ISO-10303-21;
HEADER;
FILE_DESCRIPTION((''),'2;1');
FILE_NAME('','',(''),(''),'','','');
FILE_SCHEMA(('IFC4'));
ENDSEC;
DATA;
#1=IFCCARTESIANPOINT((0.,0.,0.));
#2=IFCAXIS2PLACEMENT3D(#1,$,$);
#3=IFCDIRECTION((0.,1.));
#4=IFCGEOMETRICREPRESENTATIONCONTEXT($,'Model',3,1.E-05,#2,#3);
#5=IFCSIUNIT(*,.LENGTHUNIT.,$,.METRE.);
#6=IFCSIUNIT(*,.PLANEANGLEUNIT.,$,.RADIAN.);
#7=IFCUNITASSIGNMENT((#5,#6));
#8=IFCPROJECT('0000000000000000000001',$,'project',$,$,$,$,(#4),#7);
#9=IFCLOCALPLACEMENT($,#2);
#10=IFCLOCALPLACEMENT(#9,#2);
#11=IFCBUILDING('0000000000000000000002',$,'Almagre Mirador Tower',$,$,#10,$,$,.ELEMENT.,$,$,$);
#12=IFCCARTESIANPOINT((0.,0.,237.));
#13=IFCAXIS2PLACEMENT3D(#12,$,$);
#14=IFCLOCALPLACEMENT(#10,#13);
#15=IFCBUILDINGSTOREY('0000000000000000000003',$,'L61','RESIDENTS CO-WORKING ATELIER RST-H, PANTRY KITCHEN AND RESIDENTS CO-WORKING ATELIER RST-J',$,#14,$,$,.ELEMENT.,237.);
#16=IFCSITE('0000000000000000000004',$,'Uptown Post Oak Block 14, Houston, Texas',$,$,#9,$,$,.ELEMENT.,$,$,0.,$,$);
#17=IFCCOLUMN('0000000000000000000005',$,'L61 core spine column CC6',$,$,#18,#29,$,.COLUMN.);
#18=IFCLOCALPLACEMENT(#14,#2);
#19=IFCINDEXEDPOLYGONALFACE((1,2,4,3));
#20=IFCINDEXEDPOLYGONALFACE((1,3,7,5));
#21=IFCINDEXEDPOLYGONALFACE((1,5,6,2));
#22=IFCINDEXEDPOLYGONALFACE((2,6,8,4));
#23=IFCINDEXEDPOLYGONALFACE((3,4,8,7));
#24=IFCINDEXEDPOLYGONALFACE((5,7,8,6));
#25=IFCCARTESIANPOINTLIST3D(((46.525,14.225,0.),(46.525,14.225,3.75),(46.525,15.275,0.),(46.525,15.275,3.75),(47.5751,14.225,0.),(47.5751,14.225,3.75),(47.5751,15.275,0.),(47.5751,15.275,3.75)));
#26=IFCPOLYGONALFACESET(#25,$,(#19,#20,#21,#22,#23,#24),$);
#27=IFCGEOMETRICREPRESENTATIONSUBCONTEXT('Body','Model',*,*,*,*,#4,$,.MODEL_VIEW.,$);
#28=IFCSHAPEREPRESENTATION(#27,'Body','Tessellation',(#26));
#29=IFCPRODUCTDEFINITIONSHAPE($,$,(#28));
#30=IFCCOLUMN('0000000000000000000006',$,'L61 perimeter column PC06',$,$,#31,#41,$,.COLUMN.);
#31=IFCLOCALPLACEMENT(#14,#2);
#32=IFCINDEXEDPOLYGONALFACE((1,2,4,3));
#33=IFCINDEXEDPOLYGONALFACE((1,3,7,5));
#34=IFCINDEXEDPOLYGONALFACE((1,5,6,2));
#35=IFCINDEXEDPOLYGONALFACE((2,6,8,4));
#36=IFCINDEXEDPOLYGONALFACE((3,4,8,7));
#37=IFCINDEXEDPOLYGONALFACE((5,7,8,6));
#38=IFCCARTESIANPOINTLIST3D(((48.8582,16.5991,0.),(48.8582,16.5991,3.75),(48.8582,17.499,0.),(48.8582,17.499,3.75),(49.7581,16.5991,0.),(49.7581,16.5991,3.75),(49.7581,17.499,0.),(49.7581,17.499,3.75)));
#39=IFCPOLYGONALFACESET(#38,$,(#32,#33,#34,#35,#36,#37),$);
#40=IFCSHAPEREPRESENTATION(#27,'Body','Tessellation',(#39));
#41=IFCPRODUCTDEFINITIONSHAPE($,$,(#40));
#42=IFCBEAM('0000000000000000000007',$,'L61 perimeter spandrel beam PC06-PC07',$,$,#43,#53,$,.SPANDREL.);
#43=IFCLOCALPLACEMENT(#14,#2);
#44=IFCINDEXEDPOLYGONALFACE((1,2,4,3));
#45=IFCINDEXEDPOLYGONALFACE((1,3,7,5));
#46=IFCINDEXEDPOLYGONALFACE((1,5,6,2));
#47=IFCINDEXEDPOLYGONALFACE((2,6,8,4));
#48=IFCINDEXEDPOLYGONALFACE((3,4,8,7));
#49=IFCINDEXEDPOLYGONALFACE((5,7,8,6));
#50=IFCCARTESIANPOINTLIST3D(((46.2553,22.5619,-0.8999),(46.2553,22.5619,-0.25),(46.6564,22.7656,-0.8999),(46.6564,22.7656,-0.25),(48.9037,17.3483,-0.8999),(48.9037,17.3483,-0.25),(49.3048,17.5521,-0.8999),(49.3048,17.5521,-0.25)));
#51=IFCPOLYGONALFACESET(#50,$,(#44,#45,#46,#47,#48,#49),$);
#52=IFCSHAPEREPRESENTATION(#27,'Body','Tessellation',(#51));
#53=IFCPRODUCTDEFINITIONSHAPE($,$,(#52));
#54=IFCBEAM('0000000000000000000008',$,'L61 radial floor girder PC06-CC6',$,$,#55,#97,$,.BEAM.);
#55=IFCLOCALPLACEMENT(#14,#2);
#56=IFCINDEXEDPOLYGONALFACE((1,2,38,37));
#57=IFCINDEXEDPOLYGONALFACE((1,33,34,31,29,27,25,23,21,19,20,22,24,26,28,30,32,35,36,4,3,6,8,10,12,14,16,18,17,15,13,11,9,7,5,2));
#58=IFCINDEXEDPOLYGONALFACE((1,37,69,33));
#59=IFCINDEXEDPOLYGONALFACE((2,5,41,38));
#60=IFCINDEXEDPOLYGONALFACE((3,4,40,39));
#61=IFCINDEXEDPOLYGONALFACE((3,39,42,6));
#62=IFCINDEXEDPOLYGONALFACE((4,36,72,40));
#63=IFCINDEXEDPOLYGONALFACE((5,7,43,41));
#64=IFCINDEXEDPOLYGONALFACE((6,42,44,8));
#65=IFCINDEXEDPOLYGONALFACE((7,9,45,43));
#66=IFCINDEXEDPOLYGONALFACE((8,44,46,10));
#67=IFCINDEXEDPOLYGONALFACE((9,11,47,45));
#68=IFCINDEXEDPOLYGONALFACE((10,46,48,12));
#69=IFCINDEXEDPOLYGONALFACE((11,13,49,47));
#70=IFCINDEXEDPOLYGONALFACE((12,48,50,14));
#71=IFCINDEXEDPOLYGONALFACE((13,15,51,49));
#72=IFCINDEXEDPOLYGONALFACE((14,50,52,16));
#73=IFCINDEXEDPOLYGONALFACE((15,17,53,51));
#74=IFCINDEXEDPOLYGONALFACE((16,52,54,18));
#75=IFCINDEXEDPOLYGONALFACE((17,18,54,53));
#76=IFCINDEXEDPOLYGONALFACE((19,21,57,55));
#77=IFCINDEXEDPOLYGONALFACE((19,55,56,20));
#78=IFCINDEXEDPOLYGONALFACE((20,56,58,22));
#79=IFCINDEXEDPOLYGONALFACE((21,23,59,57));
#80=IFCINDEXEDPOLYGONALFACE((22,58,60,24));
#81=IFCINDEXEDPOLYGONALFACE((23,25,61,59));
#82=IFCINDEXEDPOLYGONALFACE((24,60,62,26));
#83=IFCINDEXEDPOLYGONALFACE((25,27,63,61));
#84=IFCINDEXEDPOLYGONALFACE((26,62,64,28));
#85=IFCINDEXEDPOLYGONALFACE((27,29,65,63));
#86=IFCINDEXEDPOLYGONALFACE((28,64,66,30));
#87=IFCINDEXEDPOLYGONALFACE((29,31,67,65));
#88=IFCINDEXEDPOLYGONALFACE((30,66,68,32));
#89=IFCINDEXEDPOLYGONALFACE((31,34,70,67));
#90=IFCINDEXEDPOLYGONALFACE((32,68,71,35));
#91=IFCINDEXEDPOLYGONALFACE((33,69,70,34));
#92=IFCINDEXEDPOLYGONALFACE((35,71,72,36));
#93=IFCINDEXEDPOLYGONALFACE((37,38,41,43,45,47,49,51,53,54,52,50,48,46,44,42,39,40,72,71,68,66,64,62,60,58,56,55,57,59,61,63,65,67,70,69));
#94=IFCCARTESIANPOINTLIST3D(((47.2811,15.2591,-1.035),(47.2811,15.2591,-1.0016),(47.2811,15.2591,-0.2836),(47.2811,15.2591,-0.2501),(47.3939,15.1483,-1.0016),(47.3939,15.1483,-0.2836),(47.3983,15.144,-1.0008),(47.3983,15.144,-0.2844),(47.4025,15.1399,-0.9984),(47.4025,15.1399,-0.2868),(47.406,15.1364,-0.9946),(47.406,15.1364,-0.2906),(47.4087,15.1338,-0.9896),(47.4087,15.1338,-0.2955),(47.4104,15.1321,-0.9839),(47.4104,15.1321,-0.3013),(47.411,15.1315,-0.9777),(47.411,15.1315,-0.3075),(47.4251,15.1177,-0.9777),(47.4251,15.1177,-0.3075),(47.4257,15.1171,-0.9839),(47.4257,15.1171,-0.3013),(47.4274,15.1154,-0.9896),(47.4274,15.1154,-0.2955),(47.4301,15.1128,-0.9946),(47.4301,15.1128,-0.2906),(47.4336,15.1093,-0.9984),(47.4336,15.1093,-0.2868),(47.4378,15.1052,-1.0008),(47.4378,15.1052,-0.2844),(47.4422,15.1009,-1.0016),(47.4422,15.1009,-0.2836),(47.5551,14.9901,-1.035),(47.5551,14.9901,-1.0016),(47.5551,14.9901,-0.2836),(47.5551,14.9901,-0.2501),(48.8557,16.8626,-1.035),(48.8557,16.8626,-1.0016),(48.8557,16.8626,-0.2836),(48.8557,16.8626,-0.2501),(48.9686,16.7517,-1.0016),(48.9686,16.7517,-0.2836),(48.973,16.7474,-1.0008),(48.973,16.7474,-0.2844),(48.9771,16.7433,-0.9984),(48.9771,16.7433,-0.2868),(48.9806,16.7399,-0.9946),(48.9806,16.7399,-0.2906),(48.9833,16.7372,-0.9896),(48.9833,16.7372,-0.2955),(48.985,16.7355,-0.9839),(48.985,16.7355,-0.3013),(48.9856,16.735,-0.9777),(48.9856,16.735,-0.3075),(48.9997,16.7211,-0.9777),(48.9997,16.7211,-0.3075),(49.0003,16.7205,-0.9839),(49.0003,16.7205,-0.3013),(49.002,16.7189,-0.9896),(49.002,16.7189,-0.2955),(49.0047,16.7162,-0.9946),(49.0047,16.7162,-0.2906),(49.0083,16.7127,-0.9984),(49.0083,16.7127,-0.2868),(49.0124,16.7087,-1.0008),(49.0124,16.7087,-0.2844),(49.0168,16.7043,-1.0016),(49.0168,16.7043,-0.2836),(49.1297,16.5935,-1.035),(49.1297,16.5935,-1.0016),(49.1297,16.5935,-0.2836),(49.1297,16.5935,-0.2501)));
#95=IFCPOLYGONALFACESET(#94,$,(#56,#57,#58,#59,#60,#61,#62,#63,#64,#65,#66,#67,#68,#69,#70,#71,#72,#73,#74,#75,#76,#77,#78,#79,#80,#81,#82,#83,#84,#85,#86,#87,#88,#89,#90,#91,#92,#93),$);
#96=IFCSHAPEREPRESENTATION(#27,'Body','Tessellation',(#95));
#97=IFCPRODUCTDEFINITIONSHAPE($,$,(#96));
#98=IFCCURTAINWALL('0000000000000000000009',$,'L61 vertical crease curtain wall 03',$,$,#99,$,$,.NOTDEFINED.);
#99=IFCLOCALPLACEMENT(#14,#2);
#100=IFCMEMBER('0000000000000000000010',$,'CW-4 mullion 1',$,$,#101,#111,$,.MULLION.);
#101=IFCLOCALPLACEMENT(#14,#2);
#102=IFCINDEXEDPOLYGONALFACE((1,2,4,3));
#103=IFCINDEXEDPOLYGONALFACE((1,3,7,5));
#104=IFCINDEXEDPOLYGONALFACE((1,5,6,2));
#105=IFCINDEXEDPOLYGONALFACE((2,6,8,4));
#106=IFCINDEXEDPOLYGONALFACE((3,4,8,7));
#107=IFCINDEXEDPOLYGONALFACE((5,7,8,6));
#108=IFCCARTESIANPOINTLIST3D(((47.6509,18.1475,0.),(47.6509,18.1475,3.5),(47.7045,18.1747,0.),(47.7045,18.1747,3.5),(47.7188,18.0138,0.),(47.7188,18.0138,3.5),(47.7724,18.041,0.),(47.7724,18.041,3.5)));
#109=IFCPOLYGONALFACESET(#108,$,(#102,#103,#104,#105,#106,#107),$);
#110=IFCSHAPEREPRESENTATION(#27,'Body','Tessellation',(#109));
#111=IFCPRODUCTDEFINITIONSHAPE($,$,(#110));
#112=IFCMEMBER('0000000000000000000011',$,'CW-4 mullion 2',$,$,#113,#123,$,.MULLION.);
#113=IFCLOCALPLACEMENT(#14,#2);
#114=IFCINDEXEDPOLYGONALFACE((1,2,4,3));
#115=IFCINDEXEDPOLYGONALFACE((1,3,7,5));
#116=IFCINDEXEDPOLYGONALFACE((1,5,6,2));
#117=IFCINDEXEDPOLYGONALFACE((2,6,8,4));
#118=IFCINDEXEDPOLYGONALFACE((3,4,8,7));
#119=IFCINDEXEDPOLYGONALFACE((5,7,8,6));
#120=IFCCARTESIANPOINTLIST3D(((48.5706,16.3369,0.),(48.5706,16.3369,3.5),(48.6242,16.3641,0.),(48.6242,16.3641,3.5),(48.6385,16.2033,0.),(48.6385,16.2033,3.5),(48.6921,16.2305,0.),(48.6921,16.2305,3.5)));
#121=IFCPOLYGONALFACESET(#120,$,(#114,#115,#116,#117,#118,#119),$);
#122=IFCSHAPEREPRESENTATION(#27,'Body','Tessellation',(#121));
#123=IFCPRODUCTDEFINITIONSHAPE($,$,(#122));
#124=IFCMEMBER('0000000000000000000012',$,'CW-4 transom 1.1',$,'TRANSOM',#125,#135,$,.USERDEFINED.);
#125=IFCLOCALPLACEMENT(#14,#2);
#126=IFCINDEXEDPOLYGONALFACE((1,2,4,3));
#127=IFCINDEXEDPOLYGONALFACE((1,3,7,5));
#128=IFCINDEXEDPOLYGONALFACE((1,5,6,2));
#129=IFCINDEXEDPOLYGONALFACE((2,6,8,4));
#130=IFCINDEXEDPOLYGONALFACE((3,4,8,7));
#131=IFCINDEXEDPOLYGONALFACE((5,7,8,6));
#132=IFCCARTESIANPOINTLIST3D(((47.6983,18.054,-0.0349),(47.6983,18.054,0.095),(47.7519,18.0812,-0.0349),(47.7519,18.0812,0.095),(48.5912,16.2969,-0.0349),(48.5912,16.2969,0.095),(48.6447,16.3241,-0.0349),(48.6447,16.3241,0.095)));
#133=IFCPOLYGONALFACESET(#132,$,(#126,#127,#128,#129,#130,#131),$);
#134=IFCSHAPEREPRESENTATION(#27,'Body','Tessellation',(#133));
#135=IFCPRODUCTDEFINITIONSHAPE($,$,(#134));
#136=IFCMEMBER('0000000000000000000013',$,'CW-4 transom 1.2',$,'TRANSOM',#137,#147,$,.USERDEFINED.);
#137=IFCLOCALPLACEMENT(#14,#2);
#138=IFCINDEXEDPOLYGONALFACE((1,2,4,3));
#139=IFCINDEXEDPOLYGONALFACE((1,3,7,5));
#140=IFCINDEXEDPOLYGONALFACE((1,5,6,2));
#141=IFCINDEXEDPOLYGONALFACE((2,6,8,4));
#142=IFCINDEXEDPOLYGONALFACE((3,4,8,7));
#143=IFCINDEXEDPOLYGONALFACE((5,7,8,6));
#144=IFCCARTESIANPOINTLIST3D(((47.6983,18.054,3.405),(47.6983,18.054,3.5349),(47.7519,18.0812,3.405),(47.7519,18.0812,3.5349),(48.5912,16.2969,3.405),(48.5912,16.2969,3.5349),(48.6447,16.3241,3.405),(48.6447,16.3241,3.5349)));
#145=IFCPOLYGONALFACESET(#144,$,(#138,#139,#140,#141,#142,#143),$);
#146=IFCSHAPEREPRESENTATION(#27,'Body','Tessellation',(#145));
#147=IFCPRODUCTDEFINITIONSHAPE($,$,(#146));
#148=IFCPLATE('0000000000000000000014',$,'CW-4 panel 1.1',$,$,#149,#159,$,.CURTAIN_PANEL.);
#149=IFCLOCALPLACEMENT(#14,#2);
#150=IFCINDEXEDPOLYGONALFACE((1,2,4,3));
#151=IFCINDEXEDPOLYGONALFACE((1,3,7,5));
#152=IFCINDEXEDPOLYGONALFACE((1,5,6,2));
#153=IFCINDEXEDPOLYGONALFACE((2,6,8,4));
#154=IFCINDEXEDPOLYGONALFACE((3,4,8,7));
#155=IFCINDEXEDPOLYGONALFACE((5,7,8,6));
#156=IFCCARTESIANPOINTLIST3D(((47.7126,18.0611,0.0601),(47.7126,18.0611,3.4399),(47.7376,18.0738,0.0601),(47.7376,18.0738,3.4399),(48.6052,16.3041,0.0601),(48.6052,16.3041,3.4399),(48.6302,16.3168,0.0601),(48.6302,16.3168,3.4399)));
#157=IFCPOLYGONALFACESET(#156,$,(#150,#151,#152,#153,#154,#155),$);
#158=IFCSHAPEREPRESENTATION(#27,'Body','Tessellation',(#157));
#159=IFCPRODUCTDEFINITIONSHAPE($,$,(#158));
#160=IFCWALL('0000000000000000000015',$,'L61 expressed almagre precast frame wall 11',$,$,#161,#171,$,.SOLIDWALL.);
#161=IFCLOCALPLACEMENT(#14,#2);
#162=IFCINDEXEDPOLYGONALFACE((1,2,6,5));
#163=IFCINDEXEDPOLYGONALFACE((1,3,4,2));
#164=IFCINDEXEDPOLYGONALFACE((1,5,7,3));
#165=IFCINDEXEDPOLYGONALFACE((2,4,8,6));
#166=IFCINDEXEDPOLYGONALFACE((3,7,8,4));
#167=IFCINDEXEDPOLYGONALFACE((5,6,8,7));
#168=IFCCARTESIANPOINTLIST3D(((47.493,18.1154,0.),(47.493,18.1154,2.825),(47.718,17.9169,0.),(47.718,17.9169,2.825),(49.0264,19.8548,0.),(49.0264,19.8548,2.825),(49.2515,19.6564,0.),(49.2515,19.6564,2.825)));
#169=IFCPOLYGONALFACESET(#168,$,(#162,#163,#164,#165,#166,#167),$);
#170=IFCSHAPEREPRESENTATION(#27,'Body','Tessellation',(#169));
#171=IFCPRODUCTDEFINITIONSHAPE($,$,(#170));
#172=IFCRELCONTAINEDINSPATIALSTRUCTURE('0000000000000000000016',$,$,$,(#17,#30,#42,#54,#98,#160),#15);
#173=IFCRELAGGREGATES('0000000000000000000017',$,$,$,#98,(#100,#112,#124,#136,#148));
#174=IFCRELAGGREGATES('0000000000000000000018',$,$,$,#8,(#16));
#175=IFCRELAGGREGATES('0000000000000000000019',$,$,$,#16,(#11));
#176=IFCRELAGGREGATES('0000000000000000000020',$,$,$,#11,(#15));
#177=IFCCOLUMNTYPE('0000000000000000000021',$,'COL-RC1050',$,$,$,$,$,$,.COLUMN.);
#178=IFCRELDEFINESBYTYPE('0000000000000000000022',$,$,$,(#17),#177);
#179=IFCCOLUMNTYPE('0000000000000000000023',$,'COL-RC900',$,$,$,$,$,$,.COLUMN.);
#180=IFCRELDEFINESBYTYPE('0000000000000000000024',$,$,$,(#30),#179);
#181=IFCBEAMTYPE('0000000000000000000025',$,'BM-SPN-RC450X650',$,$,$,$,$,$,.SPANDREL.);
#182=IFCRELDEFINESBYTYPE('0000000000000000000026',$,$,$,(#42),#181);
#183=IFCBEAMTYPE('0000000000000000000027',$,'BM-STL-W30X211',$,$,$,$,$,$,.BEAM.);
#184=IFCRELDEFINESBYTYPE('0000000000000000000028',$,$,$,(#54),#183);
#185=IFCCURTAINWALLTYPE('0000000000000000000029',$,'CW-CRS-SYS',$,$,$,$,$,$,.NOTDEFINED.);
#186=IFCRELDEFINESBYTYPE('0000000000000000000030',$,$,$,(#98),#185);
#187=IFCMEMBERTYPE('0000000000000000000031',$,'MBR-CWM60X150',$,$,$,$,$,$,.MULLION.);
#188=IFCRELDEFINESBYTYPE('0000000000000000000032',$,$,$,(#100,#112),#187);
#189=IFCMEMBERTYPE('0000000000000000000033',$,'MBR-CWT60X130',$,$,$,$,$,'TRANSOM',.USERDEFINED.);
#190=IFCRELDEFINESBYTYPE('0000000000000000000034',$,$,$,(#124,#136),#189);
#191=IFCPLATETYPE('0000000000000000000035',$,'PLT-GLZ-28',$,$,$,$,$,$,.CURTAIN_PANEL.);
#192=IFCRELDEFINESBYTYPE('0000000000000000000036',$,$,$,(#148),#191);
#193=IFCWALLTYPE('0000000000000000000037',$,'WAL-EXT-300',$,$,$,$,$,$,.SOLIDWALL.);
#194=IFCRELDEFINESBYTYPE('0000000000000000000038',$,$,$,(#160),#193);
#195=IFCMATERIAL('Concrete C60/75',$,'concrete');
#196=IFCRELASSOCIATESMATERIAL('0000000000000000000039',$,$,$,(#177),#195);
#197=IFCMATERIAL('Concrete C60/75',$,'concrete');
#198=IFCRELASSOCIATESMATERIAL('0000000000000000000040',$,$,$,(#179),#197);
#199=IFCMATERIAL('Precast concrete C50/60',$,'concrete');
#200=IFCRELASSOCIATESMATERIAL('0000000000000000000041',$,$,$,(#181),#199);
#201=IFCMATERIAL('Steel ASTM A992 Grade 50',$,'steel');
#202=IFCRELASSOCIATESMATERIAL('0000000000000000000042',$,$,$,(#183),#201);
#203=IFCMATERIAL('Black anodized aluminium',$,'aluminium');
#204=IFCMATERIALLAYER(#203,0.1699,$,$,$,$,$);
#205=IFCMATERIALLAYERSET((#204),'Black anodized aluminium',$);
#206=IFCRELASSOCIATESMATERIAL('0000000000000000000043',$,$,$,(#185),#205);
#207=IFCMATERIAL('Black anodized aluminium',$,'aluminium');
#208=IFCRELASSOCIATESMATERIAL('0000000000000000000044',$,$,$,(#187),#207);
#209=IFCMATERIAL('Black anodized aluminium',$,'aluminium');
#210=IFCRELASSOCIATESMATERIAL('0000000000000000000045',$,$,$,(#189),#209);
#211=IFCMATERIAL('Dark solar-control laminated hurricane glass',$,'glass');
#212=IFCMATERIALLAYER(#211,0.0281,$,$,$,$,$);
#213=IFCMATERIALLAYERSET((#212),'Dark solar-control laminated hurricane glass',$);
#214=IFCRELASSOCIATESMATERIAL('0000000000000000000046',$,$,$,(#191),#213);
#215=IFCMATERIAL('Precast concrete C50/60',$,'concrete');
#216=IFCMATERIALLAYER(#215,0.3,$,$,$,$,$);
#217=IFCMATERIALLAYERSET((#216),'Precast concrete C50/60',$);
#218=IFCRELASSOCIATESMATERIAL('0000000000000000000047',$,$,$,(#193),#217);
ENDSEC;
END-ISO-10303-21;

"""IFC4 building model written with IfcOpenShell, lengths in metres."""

from ifc_helpers import new_model, si_unit, direction, frame, frame_2d, origin, origin_2d, place, context, subcontext, project, spatial, rectangle, i_section, extrude, material, layer, layer_set, material_profile, profile_set, type_object, element, aggregate, save


model = new_model("IFC4")

# Units and contexts
model_context = context("Model", 3, precision=1e-05, world=origin(), true_north=direction((0.0, 1.0)))
body_context = subcontext(model_context, "Body", "Model", "MODEL_VIEW")
ifc_project = project(units=[si_unit("LENGTHUNIT", "METRE"), si_unit("PLANEANGLEUNIT", "RADIAN")], contexts=[model_context])

# Site, building, storey
site_placement = place(None, origin())
site = spatial("IfcSite", under=ifc_project, at=site_placement, Name="Uptown Post Oak Block 14, Houston, Texas", CompositionType="ELEMENT", RefElevation=0.0)
building_placement = place(site_placement, origin())
building = spatial("IfcBuilding", under=site, at=building_placement, Name="Almagre Mirador Tower", CompositionType="ELEMENT")
storey_placement = place(building_placement, frame((0.0, 0.0, 237.0)))
storey = spatial("IfcBuildingStorey", under=building, at=storey_placement, Name="L61", Description="RESIDENTS CO-WORKING ATELIER RST-H, PANTRY KITCHEN AND RESIDENTS CO-WORKING ATELIER RST-J", CompositionType="ELEMENT", Elevation=237.0)

# Columns
ifc_material_1 = material(Name="Concrete C60/75", Category="concrete")
ifc_material_profile_1 = material_profile(ifc_material_1, rectangle(XDim=1.05, YDim=1.05, at=origin_2d()), Name="RC1050X1050")
ifc_profile_set_1 = profile_set([ifc_material_profile_1], Name="Concrete C60/75")
column_type_1 = type_object("IfcColumnType", Name="COL-RC1050", PredefinedType="COLUMN", material=ifc_profile_set_1)
column_1_placement = place(storey_placement, frame((47.05, 14.75, 0.0), z_axis=(0.0, 0.0, 1.0), x_axis=(1.0, 0.0, 0.0)))
element("IfcColumn", 1, at=column_1_placement, inside=storey, type_object=column_type_1, Name="L61 core spine column CC6", PredefinedType="COLUMN", context=body_context, shape_type="SweptSolid", body=[
    extrude(rectangle(XDim=1.05, YDim=1.05, at=origin_2d()), origin(), (0.0, 0.0, 1.0), 3.75),
])
ifc_material_2 = material(Name="Concrete C60/75", Category="concrete")
ifc_material_profile_2 = material_profile(ifc_material_2, rectangle(XDim=0.8999, YDim=0.8999, at=origin_2d()), Name="RC900X900")
ifc_profile_set_2 = profile_set([ifc_material_profile_2], Name="Concrete C60/75")
column_type_2 = type_object("IfcColumnType", Name="COL-RC900", PredefinedType="COLUMN", material=ifc_profile_set_2)
column_2_placement = place(storey_placement, frame((49.3081, 17.0491, 0.0), z_axis=(0.0, 0.0, 1.0), x_axis=(1.0, 0.0, 0.0)))
element("IfcColumn", 2, at=column_2_placement, inside=storey, type_object=column_type_2, Name="L61 perimeter column PC06", PredefinedType="COLUMN", context=body_context, shape_type="SweptSolid", body=[
    extrude(rectangle(XDim=0.8999, YDim=0.8999, at=origin_2d()), origin(), (0.0, 0.0, 1.0), 3.75),
])

# Beams
ifc_material_3 = material(Name="Precast concrete C50/60", Category="concrete")
ifc_material_profile_3 = material_profile(ifc_material_3, rectangle(XDim=0.45, YDim=0.6499, at=origin_2d()), Name="RC450X650")
ifc_profile_set_3 = profile_set([ifc_material_profile_3], Name="Precast concrete C50/60")
beam_type_1 = type_object("IfcBeamType", Name="BM-SPN-RC450X650", PredefinedType="SPANDREL", material=ifc_profile_set_3)
beam_1_placement = place(storey_placement, frame((49.1042, 17.4502, -0.575), z_axis=(-0.452899, 0.891562, 0.0), x_axis=(-0.891562, -0.452899, 0.0)))
element("IfcBeam", 3, at=beam_1_placement, inside=storey, type_object=beam_type_1, Name="L61 perimeter spandrel beam PC06-PC07", PredefinedType="SPANDREL", context=body_context, shape_type="SweptSolid", body=[
    extrude(rectangle(XDim=0.45, YDim=0.6499, at=origin_2d()), origin(), (0.0, 0.0, 1.0), 5.8477),
])
ifc_material_4 = material(Name="Steel ASTM A992 Grade 50", Category="steel")
ifc_material_profile_4 = material_profile(ifc_material_4, i_section(OverallWidth=0.384, OverallDepth=0.7849, WebThickness=0.0198, FlangeThickness=0.0334, FilletRadius=0.0239, at=origin_2d()), Name="W30X211")
ifc_profile_set_4 = profile_set([ifc_material_profile_4], Name="Steel ASTM A992 Grade 50")
beam_type_2 = type_object("IfcBeamType", Name="BM-STL-W30X211", PredefinedType="BEAM", material=ifc_profile_set_4)
beam_2_placement = place(storey_placement, frame((48.9927, 16.728, -0.6426), z_axis=(-0.700669, -0.713487, 0.0), x_axis=(0.713487, -0.700669, 0.0)))
element("IfcBeam", 4, at=beam_2_placement, inside=storey, type_object=beam_type_2, Name="L61 radial floor girder PC06-CC6", PredefinedType="BEAM", context=body_context, shape_type="SweptSolid", body=[
    extrude(i_section(OverallWidth=0.384, OverallDepth=0.7849, WebThickness=0.0198, FlangeThickness=0.0334, FilletRadius=0.0239, at=origin_2d()), origin(), (0.0, 0.0, 1.0), 2.2473),
])

# Curtain wall, members, plate
ifc_material_5 = material(Name="Black anodized aluminium", Category="aluminium")
ifc_layer_1 = layer(ifc_material_5, 0.1699)
ifc_layer_set_1 = layer_set([ifc_layer_1], Name="Black anodized aluminium")
curtain_wall_type = type_object("IfcCurtainWallType", Name="CW-CRS-SYS", PredefinedType="NOTDEFINED", material=ifc_layer_set_1)
curtain_wall_placement = place(storey_placement, origin())
curtain_wall = element("IfcCurtainWall", 5, at=curtain_wall_placement, inside=storey, type_object=curtain_wall_type, Name="L61 vertical crease curtain wall 03", PredefinedType="NOTDEFINED")
ifc_material_6 = material(Name="Black anodized aluminium", Category="aluminium")
ifc_material_profile_5 = material_profile(ifc_material_6, rectangle(XDim=0.0601, YDim=0.1499, at=origin_2d()), Name="CWM60X150")
ifc_profile_set_5 = profile_set([ifc_material_profile_5], Name="Black anodized aluminium")
member_type_1 = type_object("IfcMemberType", Name="MBR-CWM60X150", PredefinedType="MULLION", material=ifc_profile_set_5)
member_1_placement = place(storey_placement, frame((47.7117, 18.0942, 0.0), z_axis=(0.0, 0.0, 1.0), x_axis=(0.891539, 0.452944, 0.0)))
member_1 = element("IfcMember", 6, at=member_1_placement, type_object=member_type_1, Name="CW-4 mullion 1", PredefinedType="MULLION", context=body_context, shape_type="SweptSolid", body=[
    extrude(rectangle(XDim=0.0601, YDim=0.1499, at=origin_2d()), origin(), (0.0, 0.0, 1.0), 3.5),
])
member_2_placement = place(storey_placement, frame((48.6313, 16.2837, 0.0), z_axis=(0.0, 0.0, 1.0), x_axis=(0.891539, 0.452944, 0.0)))
member_2 = element("IfcMember", 7, at=member_2_placement, type_object=member_type_1, Name="CW-4 mullion 2", PredefinedType="MULLION", context=body_context, shape_type="SweptSolid", body=[
    extrude(rectangle(XDim=0.0601, YDim=0.1499, at=origin_2d()), origin(), (0.0, 0.0, 1.0), 3.5),
])
ifc_material_7 = material(Name="Black anodized aluminium", Category="aluminium")
ifc_material_profile_6 = material_profile(ifc_material_7, rectangle(XDim=0.0601, YDim=0.1299, at=origin_2d()), Name="CWT60X130")
ifc_profile_set_6 = profile_set([ifc_material_profile_6], Name="Black anodized aluminium")
member_type_2 = type_object("IfcMemberType", Name="MBR-CWT60X130", ElementType="TRANSOM", PredefinedType="USERDEFINED", material=ifc_profile_set_6)
member_3_placement = place(storey_placement, frame((47.7251, 18.0676, 0.03), z_axis=(0.453001, -0.89151, 0.0), x_axis=(0.89151, 0.453001, 0.0)))
member_3 = element("IfcMember", 8, at=member_3_placement, type_object=member_type_2, Name="CW-4 transom 1.1", ObjectType="TRANSOM", PredefinedType="USERDEFINED", context=body_context, shape_type="SweptSolid", body=[
    extrude(rectangle(XDim=0.0601, YDim=0.1299, at=origin_2d()), origin(), (0.0, 0.0, 1.0), 1.9709),
])
member_4_placement = place(storey_placement, frame((47.7251, 18.0676, 3.47), z_axis=(0.453001, -0.89151, 0.0), x_axis=(0.89151, 0.453001, 0.0)))
member_4 = element("IfcMember", 9, at=member_4_placement, type_object=member_type_2, Name="CW-4 transom 1.2", ObjectType="TRANSOM", PredefinedType="USERDEFINED", context=body_context, shape_type="SweptSolid", body=[
    extrude(rectangle(XDim=0.0601, YDim=0.1299, at=origin_2d()), origin(), (0.0, 0.0, 1.0), 1.9709),
])
ifc_material_8 = material(Name="Dark solar-control laminated hurricane glass", Category="glass")
ifc_layer_2 = layer(ifc_material_8, 0.0281)
ifc_layer_set_2 = layer_set([ifc_layer_2], Name="Dark solar-control laminated hurricane glass")
plate_type = type_object("IfcPlateType", Name="PLT-GLZ-28", PredefinedType="CURTAIN_PANEL", material=ifc_layer_set_2)
plate_placement = place(storey_placement, frame((48.1714, 17.189, 0.0601), z_axis=(0.0, 0.0, 1.0), x_axis=(0.452944, -0.891539, 0.0)))
plate = element("IfcPlate", 10, at=plate_placement, type_object=plate_type, Name="CW-4 panel 1.1", PredefinedType="CURTAIN_PANEL", context=body_context, shape_type="SweptSolid", body=[
    extrude(rectangle(XDim=1.9707, YDim=0.0281, at=origin_2d()), origin(), (0.0, 0.0, 1.0), 3.3799),
])
aggregate(curtain_wall, [member_1, member_2, member_3, member_4, plate])

# Wall
ifc_material_9 = material(Name="Precast concrete C50/60", Category="concrete")
ifc_layer_3 = layer(ifc_material_9, 0.3)
ifc_layer_set_3 = layer_set([ifc_layer_3], Name="Precast concrete C50/60")
wall_type_1 = type_object("IfcWallType", Name="WAL-EXT-300", PredefinedType="SOLIDWALL", material=ifc_layer_set_3)
wall_1_placement = place(storey_placement, frame((49.1389, 19.7556, 0.0), z_axis=(0.0, 0.0, 1.0), x_axis=(-0.66128, -0.750139, 0.0)))
element("IfcWall", 11, at=wall_1_placement, inside=storey, type_object=wall_type_1, Name="L61 expressed almagre precast frame wall 11", PredefinedType="SOLIDWALL", context=body_context, shape_type="SweptSolid", body=[
    extrude(rectangle(XDim=2.3188, YDim=0.3, at=frame_2d((1.1594, 0.0))), origin(), (0.0, 0.0, 1.0), 2.825),
])

save(model, "model.ifc")
